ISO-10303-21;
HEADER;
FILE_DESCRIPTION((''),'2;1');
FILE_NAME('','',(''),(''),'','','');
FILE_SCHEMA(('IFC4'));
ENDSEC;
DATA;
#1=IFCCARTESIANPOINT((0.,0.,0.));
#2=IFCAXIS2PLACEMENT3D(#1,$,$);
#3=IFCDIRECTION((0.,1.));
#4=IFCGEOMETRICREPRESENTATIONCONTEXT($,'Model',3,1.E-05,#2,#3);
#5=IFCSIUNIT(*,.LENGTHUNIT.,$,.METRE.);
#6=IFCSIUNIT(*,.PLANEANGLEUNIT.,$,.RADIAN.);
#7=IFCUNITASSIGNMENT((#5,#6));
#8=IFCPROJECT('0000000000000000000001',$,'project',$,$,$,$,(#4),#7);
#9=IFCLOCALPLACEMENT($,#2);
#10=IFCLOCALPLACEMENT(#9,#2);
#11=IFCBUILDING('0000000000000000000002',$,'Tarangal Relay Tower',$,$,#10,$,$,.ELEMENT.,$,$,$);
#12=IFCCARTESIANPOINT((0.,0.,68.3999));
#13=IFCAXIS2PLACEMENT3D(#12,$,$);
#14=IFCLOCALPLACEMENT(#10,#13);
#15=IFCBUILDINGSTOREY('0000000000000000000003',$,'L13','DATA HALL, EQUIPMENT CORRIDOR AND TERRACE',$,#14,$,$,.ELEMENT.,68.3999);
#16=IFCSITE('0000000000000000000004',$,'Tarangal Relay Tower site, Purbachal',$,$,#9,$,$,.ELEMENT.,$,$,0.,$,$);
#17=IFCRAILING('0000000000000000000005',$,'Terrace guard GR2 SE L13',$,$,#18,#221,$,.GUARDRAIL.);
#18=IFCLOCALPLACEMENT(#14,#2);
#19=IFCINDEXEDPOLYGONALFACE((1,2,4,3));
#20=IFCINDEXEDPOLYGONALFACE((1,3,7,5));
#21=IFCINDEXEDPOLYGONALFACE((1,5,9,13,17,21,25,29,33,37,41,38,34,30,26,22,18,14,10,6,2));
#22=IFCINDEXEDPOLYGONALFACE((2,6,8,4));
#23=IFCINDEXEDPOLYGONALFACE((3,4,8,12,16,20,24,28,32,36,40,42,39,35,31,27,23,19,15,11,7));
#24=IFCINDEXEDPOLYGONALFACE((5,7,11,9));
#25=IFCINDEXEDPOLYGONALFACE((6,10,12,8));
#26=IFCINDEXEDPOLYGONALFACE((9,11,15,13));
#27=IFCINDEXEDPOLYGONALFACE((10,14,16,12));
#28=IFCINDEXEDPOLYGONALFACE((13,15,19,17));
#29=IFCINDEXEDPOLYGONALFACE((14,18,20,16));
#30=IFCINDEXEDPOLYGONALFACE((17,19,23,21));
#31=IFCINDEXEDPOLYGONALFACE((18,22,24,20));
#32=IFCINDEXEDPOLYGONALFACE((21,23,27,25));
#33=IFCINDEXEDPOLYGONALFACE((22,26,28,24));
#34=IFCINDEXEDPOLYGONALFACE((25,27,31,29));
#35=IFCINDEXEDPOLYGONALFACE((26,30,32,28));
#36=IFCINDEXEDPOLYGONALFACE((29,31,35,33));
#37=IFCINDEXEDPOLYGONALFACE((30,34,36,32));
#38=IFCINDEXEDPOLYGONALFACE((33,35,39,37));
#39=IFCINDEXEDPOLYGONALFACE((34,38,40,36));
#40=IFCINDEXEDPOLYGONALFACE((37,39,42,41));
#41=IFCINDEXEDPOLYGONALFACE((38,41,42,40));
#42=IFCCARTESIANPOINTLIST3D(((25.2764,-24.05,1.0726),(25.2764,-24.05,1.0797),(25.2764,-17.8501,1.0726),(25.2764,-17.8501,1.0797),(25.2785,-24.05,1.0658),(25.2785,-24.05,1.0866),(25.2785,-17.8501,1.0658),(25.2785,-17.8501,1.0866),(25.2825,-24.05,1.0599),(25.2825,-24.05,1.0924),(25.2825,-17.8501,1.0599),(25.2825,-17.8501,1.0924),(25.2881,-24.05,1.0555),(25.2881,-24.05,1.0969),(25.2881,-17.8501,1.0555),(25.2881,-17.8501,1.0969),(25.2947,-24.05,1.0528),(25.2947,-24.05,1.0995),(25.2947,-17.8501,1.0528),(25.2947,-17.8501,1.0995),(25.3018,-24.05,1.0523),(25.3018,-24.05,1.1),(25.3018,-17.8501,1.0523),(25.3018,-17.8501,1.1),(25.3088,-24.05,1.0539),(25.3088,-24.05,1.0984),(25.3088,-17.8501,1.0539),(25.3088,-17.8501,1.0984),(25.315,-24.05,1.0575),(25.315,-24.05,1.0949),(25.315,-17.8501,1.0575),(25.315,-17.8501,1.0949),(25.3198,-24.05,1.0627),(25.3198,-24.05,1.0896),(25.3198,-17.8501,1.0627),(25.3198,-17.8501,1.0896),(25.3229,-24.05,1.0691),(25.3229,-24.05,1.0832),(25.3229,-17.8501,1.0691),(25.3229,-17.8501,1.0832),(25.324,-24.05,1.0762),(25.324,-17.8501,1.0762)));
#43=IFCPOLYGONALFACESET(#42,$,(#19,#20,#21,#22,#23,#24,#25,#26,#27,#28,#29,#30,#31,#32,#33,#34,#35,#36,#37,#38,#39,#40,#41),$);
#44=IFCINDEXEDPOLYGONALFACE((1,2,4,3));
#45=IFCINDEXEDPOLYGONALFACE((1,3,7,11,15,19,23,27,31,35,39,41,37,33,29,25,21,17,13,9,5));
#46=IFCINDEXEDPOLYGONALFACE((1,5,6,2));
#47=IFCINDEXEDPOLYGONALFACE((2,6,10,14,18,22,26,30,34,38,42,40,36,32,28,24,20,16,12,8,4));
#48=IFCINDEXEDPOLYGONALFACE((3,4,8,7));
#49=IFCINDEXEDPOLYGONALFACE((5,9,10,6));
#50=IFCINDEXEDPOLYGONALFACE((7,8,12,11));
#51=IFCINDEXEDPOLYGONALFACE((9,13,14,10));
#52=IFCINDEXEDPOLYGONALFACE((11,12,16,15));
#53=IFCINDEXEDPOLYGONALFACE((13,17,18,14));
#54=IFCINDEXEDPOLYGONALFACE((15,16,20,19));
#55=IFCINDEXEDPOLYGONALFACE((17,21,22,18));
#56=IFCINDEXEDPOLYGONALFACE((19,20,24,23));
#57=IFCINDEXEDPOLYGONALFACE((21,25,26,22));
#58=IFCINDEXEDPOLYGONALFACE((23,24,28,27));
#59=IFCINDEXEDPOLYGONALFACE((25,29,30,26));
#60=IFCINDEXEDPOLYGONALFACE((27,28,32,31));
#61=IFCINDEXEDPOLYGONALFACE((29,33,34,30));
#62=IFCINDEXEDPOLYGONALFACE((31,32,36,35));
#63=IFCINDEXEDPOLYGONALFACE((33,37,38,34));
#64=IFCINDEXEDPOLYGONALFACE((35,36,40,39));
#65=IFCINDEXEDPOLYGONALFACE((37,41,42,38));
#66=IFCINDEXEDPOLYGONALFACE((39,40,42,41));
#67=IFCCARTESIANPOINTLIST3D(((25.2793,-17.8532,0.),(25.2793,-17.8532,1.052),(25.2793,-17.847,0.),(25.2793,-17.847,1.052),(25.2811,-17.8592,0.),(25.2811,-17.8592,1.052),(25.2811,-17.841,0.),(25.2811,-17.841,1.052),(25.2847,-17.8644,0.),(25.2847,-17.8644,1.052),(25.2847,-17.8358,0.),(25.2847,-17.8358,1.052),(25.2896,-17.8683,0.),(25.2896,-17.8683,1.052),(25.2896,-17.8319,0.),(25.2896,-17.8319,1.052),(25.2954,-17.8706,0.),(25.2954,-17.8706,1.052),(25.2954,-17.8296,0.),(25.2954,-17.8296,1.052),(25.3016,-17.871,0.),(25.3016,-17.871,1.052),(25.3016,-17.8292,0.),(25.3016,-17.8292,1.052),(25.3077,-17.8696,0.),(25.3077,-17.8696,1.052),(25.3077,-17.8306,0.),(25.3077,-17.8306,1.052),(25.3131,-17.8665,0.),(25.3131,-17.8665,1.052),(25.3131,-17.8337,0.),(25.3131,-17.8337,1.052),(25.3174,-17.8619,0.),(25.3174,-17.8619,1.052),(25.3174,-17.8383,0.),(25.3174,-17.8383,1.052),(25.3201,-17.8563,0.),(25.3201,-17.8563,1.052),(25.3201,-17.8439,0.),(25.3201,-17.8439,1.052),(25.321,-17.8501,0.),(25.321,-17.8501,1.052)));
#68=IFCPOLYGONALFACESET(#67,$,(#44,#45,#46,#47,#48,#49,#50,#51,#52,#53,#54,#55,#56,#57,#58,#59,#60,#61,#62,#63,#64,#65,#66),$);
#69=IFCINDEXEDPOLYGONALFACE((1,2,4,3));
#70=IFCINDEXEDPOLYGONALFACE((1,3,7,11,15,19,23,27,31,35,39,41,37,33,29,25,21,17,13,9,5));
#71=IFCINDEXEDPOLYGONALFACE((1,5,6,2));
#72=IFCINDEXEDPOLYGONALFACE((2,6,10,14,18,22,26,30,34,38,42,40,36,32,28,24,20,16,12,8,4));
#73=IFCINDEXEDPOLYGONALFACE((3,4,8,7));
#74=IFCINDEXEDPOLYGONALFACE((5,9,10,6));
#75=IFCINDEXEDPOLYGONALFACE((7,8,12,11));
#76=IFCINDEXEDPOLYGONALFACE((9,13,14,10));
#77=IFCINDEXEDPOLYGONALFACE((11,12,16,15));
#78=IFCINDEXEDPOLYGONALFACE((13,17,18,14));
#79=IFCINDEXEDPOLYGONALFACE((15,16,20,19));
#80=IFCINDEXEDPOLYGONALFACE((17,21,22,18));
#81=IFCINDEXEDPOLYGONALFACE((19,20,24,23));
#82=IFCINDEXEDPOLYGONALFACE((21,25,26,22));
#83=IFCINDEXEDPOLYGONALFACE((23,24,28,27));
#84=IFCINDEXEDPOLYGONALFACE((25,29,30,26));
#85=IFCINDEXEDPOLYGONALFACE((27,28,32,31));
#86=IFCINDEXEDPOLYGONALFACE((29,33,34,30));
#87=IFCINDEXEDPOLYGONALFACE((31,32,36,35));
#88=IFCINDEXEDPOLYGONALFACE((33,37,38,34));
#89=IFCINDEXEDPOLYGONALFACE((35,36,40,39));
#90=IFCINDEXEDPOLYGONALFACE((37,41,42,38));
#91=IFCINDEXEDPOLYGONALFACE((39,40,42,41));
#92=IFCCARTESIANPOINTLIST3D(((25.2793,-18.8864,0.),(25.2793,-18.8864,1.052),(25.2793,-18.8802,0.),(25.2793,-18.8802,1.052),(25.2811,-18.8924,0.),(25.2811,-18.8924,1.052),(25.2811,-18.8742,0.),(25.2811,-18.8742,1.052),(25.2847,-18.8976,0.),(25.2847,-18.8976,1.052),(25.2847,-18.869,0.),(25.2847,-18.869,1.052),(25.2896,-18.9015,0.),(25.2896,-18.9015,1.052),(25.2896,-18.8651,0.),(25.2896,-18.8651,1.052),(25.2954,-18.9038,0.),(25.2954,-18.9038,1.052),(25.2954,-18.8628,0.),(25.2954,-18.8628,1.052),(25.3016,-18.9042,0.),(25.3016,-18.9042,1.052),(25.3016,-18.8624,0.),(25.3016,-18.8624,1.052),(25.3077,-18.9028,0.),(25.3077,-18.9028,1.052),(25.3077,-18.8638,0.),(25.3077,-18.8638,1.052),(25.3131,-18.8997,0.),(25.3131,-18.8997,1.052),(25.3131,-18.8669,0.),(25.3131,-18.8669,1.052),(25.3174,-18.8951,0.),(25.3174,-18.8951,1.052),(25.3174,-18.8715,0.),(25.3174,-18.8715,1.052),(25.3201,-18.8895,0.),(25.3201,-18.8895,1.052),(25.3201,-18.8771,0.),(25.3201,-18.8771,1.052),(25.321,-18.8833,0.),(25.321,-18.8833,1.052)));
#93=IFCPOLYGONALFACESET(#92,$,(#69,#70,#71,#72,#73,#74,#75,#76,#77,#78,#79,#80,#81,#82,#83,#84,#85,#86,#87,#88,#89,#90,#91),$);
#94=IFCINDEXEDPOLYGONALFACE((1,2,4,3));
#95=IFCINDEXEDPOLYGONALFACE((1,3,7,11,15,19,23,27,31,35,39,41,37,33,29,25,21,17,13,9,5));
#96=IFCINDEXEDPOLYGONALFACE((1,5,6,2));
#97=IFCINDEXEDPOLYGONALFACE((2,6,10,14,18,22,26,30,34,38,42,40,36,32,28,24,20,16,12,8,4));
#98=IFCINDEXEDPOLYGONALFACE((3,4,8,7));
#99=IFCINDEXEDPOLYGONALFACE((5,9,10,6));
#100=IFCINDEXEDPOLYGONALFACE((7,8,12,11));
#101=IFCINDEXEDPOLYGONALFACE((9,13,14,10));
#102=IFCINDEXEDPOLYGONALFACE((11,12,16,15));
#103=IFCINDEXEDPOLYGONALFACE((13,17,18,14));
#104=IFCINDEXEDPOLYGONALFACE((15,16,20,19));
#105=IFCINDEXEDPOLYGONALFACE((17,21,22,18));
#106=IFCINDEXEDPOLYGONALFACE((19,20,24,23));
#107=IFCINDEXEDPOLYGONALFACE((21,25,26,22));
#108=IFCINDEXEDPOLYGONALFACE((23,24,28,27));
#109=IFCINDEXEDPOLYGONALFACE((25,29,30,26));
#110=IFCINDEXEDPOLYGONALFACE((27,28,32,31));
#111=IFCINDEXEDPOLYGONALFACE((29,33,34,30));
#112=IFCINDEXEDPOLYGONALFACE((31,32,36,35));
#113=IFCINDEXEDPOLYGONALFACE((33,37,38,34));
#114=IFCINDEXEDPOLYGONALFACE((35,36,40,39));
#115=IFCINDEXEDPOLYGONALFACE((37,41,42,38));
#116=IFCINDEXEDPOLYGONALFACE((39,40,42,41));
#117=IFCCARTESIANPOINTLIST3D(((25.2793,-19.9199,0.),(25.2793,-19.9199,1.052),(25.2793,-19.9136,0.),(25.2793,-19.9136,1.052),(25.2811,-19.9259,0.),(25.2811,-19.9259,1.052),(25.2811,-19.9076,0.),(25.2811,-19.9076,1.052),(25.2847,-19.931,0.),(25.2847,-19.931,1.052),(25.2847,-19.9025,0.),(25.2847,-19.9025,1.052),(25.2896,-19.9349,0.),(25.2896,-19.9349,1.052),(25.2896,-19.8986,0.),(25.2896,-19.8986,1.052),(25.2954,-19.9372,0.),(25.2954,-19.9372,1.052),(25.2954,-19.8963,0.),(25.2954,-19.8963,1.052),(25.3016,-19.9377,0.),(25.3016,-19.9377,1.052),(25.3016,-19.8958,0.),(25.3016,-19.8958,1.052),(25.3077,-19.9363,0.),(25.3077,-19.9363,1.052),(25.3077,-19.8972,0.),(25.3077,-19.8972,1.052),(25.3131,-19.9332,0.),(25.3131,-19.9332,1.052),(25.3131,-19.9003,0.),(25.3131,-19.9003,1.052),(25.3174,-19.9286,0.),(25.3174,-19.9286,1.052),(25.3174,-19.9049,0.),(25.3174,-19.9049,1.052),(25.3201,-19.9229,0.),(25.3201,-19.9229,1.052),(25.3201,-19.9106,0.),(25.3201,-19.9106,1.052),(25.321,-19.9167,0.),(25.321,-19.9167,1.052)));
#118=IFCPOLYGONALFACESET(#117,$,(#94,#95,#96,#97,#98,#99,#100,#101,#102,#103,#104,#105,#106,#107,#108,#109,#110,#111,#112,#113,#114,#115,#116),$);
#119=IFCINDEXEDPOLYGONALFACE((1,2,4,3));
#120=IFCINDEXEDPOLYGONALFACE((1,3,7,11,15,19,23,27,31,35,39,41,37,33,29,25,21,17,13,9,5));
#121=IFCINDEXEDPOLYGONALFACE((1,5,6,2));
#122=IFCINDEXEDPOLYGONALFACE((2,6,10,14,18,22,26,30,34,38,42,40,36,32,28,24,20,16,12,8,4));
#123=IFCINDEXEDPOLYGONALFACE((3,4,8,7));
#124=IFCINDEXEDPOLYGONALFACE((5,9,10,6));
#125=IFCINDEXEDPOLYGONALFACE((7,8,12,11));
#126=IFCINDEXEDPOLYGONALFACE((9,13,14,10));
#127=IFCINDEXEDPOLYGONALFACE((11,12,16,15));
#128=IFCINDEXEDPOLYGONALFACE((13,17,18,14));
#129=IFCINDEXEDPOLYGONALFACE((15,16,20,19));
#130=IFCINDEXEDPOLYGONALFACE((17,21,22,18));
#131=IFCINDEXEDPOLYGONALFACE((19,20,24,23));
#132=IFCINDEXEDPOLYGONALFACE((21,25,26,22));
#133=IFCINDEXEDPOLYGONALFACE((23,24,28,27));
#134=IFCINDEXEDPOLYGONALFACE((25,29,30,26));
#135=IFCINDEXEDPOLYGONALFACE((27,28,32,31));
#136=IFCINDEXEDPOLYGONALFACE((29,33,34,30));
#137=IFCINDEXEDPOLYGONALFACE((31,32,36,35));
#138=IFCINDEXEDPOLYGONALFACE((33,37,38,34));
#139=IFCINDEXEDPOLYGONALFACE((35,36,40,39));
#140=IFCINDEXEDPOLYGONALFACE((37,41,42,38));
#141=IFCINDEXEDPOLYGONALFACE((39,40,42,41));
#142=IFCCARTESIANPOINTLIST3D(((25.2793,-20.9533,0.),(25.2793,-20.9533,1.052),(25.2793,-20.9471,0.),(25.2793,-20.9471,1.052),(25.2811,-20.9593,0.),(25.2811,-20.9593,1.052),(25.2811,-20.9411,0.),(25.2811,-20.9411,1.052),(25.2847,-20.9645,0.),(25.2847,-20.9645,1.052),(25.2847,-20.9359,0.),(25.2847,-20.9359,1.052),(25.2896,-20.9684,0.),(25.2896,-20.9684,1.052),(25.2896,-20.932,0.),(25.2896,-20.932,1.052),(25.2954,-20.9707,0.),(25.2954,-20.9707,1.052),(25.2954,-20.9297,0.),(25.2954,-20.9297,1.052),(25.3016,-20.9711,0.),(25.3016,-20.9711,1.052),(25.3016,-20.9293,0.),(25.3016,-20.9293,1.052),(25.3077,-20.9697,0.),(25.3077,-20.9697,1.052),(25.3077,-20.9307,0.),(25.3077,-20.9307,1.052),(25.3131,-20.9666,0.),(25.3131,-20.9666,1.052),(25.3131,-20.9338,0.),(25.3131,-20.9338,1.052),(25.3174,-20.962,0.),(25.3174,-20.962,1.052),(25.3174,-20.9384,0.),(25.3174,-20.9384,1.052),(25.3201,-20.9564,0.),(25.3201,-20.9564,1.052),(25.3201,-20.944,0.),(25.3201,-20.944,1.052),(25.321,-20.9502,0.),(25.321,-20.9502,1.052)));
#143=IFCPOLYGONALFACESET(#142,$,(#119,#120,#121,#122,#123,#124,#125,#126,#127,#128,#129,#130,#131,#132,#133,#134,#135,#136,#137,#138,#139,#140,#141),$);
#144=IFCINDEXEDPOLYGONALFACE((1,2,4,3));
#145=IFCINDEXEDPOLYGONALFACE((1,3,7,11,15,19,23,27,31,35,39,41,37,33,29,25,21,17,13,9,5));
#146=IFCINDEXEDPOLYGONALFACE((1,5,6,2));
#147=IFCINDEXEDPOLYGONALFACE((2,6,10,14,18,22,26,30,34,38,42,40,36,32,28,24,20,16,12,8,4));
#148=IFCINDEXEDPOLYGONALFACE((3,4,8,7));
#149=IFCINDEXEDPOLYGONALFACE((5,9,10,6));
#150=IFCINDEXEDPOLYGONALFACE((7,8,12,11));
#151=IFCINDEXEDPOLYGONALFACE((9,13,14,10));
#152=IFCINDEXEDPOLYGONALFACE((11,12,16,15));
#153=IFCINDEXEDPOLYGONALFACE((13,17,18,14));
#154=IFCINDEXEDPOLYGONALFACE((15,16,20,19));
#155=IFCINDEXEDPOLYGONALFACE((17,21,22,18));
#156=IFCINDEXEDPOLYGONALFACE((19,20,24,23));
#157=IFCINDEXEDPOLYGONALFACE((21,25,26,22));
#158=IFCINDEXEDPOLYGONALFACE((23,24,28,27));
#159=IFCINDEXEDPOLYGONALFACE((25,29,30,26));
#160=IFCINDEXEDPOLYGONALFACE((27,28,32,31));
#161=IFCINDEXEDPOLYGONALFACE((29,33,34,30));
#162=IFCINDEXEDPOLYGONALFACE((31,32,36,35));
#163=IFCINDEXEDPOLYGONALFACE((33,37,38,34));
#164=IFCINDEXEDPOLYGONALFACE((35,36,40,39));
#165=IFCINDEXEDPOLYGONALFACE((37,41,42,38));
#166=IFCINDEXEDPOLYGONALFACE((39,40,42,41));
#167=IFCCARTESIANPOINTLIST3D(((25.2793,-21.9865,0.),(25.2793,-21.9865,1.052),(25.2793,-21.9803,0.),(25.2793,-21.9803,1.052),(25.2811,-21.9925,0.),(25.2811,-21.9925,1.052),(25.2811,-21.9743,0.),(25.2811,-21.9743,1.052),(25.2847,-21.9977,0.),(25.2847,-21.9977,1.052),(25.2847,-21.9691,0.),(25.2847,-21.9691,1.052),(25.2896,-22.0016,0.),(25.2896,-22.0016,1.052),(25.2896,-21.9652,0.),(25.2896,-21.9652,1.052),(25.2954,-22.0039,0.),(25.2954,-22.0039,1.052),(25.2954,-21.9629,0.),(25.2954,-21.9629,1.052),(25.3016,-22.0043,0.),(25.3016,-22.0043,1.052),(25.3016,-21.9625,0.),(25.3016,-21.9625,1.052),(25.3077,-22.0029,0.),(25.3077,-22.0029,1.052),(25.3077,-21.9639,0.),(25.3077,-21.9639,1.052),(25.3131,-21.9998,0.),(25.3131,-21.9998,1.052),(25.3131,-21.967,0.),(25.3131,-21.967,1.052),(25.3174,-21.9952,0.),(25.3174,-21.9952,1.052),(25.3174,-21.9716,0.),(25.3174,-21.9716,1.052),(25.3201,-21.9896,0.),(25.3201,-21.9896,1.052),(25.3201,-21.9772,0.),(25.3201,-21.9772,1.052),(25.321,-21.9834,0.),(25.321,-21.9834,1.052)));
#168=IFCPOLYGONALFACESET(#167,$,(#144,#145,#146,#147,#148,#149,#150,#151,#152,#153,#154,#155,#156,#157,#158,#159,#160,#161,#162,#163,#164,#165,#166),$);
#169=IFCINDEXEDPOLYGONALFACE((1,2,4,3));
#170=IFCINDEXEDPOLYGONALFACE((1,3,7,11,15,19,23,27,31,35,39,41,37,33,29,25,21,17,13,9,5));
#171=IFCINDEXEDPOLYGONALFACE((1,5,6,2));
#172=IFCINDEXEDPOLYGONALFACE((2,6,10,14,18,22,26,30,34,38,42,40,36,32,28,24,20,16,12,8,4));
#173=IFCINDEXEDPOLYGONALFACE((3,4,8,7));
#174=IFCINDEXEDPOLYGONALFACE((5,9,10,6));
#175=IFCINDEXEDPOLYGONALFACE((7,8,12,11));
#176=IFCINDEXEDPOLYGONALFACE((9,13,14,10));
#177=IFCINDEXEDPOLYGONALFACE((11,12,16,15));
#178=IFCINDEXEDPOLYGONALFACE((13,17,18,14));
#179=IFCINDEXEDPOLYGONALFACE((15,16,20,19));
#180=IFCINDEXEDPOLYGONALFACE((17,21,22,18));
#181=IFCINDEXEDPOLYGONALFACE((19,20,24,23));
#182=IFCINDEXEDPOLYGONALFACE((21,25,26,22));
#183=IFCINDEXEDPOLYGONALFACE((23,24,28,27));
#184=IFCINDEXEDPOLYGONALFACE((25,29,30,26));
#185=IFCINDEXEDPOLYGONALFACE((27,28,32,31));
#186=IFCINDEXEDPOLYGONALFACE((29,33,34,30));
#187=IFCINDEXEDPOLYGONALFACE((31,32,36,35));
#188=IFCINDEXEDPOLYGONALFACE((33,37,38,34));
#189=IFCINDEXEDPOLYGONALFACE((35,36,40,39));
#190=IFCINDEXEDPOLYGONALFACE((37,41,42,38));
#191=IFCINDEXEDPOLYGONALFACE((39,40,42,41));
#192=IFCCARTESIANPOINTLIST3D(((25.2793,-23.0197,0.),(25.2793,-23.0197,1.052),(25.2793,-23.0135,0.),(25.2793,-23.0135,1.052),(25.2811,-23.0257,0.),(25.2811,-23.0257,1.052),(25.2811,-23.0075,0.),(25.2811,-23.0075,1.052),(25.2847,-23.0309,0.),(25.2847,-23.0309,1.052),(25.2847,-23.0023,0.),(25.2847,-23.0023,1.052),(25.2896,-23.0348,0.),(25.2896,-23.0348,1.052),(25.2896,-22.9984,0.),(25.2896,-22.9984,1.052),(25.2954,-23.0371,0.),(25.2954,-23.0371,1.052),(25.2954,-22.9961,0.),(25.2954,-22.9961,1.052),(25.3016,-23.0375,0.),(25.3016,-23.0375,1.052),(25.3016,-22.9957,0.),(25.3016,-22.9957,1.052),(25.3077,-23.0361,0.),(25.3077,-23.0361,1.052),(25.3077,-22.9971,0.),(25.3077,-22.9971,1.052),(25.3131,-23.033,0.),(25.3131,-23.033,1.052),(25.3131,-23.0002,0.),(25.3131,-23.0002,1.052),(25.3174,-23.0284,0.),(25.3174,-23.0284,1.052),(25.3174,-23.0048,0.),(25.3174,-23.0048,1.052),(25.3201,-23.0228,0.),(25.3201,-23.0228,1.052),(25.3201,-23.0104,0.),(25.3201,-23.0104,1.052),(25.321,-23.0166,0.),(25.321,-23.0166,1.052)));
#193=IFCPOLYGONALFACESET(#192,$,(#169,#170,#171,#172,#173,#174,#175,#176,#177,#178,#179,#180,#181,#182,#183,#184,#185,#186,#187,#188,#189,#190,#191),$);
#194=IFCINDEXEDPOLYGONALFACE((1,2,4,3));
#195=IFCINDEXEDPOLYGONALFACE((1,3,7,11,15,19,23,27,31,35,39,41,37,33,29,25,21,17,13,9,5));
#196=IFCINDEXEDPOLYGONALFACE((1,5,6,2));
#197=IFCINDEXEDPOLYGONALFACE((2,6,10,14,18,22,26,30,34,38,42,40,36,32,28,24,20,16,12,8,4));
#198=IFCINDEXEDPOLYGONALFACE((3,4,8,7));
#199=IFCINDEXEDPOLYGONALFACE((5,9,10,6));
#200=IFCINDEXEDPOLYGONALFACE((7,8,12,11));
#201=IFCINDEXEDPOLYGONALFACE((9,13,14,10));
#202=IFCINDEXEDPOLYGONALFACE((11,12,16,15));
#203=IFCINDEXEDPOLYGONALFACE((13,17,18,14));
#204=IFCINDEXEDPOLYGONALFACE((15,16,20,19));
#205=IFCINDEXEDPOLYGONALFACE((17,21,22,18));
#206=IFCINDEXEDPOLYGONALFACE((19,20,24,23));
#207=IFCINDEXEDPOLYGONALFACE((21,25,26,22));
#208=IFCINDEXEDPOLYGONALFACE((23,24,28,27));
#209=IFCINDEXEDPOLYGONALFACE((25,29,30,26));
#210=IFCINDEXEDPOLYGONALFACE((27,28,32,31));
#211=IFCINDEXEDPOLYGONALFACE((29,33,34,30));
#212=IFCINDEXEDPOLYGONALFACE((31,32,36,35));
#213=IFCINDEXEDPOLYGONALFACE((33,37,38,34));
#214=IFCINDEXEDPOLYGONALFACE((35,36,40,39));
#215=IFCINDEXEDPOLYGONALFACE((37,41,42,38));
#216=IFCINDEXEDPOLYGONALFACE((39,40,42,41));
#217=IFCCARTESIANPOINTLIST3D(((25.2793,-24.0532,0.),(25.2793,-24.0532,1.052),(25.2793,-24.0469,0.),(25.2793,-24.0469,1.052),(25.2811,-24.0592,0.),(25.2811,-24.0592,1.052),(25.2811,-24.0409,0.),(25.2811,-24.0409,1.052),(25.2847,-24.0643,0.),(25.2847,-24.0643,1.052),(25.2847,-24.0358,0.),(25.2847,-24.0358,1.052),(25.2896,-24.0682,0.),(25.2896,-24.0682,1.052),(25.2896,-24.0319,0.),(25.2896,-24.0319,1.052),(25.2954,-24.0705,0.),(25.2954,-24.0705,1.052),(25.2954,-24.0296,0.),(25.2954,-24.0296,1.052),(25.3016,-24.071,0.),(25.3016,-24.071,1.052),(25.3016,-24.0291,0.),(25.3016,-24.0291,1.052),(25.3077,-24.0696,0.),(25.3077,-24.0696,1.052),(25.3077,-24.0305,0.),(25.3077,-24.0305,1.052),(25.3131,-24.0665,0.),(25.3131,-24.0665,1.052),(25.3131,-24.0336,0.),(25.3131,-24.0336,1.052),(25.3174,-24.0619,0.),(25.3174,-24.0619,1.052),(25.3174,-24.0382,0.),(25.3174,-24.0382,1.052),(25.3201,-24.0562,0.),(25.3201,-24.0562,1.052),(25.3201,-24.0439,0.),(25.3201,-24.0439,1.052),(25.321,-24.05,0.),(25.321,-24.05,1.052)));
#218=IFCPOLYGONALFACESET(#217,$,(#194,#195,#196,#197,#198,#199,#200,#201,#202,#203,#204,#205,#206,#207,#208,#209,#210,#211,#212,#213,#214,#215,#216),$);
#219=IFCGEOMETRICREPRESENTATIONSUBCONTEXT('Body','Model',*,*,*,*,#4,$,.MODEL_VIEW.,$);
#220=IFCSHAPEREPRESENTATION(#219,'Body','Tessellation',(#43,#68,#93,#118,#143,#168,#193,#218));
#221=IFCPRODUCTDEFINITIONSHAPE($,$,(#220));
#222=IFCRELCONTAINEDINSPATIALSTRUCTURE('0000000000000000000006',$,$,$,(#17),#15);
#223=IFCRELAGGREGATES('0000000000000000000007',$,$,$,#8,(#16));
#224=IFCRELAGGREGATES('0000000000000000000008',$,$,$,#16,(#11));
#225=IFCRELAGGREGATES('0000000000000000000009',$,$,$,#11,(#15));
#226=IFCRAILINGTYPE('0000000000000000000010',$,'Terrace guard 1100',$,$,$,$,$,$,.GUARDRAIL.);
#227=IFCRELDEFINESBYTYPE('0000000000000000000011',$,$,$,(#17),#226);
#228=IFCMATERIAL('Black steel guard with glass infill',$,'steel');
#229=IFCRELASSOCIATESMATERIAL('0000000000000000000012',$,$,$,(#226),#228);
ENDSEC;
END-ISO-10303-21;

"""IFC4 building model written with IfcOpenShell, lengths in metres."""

from ifc_helpers import new_model, si_unit, direction, frame, origin, origin_2d, place, context, subcontext, project, spatial, circle, extrude, material, type_object, element, save


model = new_model("IFC4")

# Units and contexts
model_context = context("Model", 3, precision=1e-05, world=origin(), true_north=direction((0.0, 1.0)))
body_context = subcontext(model_context, "Body", "Model", "MODEL_VIEW")
ifc_project = project(units=[si_unit("LENGTHUNIT", "METRE"), si_unit("PLANEANGLEUNIT", "RADIAN")], contexts=[model_context])

# Site, building, storey
site_placement = place(None, origin())
site = spatial("IfcSite", under=ifc_project, at=site_placement, Name="Tarangal Relay Tower site, Purbachal", CompositionType="ELEMENT", RefElevation=0.0)
building_placement = place(site_placement, origin())
building = spatial("IfcBuilding", under=site, at=building_placement, Name="Tarangal Relay Tower", CompositionType="ELEMENT")
storey_placement = place(building_placement, frame((0.0, 0.0, 68.3999)))
storey = spatial("IfcBuildingStorey", under=building, at=storey_placement, Name="L13", Description="DATA HALL, EQUIPMENT CORRIDOR AND TERRACE", CompositionType="ELEMENT", Elevation=68.3999)

# Railing
ifc_material_1 = material(Name="Black steel guard with glass infill", Category="steel")
railing_type = type_object("IfcRailingType", Name="Terrace guard 1100", PredefinedType="GUARDRAIL", material=ifc_material_1)
railing_1_placement = place(storey_placement, frame((25.3, -17.8501, 0.0)))
element("IfcRailing", 1, at=railing_1_placement, inside=storey, type_object=railing_type, Name="Terrace guard GR2 SE L13", PredefinedType="GUARDRAIL", context=body_context, shape_type="SweptSolid", body=[
    extrude(circle(Radius=0.0239, at=origin_2d()), frame((0.0, 0.0, 1.0762), z_axis=(0.0, -1.0, 0.0), x_axis=(1.0, 0.0, 0.0)), (0.0, 0.0, 1.0), 6.2),
    extrude(circle(Radius=0.021, at=origin_2d()), origin(), (0.0, 0.0, 1.0), 1.052),
    extrude(circle(Radius=0.021, at=origin_2d()), frame((0.0, -1.0332, 0.0)), (0.0, 0.0, 1.0), 1.052),
    extrude(circle(Radius=0.021, at=origin_2d()), frame((0.0, -2.0667, 0.0)), (0.0, 0.0, 1.0), 1.052),
    extrude(circle(Radius=0.021, at=origin_2d()), frame((0.0, -3.1001, 0.0)), (0.0, 0.0, 1.0), 1.052),
    extrude(circle(Radius=0.021, at=origin_2d()), frame((0.0, -4.1333, 0.0)), (0.0, 0.0, 1.0), 1.052),
    extrude(circle(Radius=0.021, at=origin_2d()), frame((0.0, -5.1665, 0.0)), (0.0, 0.0, 1.0), 1.052),
    extrude(circle(Radius=0.021, at=origin_2d()), frame((0.0, -6.2, 0.0)), (0.0, 0.0, 1.0), 1.052),
])

save(model, "model.ifc")
